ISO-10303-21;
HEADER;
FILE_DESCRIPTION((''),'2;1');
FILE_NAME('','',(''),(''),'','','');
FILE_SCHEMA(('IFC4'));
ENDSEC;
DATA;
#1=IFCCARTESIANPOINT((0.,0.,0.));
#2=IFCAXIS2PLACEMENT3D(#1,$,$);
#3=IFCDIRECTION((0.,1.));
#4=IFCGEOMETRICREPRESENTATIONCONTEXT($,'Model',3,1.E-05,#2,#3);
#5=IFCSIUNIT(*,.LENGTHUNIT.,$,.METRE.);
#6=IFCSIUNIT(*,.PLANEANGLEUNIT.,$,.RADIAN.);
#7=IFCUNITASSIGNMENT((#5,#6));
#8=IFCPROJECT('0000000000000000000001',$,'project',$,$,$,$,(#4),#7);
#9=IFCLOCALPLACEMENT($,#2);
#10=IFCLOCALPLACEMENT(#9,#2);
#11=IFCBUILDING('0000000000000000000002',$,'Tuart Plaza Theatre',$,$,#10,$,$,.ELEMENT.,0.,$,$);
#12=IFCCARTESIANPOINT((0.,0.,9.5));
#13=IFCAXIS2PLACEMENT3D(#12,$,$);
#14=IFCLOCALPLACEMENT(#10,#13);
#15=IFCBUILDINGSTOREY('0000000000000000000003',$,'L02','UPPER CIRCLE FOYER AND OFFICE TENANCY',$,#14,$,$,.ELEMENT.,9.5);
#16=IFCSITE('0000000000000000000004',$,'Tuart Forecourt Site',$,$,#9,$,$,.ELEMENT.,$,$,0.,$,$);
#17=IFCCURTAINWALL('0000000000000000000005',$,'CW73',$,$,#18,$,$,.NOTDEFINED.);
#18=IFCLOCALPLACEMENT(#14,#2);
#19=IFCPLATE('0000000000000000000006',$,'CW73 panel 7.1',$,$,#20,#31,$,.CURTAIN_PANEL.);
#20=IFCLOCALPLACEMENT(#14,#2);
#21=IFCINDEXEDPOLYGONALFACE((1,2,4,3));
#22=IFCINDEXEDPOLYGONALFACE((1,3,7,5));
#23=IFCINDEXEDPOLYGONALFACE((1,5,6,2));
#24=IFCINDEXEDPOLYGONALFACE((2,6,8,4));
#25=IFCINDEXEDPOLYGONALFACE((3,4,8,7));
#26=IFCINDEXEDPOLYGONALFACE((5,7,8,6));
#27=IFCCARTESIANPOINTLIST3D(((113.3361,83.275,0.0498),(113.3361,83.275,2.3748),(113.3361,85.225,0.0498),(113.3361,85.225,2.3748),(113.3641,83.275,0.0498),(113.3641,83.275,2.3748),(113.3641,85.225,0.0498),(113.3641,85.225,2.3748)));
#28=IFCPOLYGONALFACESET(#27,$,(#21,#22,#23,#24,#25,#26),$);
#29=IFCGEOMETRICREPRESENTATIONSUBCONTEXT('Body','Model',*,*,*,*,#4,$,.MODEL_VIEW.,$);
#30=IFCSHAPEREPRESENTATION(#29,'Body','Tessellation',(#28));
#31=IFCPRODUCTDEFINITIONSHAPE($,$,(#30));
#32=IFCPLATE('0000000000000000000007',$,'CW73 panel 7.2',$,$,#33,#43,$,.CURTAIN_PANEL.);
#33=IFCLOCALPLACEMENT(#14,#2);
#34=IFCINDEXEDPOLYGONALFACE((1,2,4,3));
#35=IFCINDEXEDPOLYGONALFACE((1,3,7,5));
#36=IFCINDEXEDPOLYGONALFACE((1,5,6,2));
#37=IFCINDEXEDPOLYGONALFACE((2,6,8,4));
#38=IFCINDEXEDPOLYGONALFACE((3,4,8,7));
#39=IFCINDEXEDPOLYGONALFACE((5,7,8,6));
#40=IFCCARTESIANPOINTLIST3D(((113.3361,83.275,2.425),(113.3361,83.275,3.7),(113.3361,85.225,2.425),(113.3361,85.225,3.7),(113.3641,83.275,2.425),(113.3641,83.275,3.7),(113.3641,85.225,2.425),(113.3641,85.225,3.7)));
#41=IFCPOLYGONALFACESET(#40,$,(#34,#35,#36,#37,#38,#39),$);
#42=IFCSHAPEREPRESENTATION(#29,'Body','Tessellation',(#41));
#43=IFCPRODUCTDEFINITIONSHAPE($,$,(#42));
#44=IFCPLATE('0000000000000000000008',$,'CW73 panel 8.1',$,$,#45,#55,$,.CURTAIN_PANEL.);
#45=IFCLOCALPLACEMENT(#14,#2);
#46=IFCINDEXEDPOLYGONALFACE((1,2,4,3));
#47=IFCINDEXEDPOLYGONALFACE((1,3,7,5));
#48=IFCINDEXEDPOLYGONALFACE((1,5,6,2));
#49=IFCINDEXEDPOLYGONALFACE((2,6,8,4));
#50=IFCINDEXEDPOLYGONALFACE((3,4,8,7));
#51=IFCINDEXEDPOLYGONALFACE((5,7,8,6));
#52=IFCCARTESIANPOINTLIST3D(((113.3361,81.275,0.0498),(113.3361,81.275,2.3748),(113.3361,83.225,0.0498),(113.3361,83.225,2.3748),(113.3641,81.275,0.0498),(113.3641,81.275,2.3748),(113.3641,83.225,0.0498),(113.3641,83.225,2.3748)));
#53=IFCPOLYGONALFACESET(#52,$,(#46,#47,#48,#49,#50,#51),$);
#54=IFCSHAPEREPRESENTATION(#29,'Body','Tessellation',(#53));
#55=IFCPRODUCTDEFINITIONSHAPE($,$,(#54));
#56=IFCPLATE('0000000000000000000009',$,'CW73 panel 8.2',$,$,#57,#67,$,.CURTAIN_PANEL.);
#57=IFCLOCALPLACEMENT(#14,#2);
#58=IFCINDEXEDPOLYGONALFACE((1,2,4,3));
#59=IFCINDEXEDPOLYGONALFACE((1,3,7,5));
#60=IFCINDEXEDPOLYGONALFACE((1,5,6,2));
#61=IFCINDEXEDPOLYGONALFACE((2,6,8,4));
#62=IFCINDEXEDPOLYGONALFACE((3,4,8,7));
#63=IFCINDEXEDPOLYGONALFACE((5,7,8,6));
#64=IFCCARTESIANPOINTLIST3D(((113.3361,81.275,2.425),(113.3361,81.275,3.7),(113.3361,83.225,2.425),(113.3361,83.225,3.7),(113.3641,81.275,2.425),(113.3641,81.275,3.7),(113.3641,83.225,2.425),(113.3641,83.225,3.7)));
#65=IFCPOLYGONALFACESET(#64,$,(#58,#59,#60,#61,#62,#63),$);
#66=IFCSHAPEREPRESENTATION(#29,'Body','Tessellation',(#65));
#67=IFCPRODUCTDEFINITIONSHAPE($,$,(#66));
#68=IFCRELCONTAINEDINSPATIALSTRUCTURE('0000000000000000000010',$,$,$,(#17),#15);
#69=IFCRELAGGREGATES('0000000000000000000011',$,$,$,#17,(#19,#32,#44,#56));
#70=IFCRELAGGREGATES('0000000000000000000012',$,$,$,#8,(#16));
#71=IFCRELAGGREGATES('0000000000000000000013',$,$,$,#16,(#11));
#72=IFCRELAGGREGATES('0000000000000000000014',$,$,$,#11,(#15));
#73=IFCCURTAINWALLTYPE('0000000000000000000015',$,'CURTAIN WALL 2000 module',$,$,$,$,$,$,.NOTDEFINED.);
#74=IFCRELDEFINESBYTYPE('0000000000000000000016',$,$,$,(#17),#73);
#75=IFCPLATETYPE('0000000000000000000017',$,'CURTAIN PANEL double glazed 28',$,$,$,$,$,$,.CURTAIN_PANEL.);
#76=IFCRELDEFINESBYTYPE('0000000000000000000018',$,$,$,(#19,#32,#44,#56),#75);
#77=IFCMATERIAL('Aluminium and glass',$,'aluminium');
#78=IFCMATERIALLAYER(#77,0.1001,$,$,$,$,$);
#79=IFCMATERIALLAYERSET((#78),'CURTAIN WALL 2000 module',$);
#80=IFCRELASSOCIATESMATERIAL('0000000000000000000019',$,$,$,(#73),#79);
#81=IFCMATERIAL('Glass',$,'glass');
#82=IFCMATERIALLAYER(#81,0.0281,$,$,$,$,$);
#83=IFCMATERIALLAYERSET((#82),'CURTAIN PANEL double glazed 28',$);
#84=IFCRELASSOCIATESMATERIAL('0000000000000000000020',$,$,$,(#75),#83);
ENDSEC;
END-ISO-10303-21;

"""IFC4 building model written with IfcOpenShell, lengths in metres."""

from ifc_helpers import new_model, si_unit, direction, frame, origin, origin_2d, place, context, subcontext, project, spatial, rectangle, extrude, material, layer, layer_set, type_object, element, aggregate, save


model = new_model("IFC4")

# Units and contexts
model_context = context("Model", 3, precision=1e-05, world=origin(), true_north=direction((0.0, 1.0)))
body_context = subcontext(model_context, "Body", "Model", "MODEL_VIEW")
ifc_project = project(units=[si_unit("LENGTHUNIT", "METRE"), si_unit("PLANEANGLEUNIT", "RADIAN")], contexts=[model_context])

# Site, building, storey
site_placement = place(None, origin())
site = spatial("IfcSite", under=ifc_project, at=site_placement, Name="Tuart Forecourt Site", CompositionType="ELEMENT", RefElevation=0.0)
building_placement = place(site_placement, origin())
building = spatial("IfcBuilding", under=site, at=building_placement, Name="Tuart Plaza Theatre", CompositionType="ELEMENT", ElevationOfRefHeight=0.0)
storey_placement = place(building_placement, frame((0.0, 0.0, 9.5)))
storey = spatial("IfcBuildingStorey", under=building, at=storey_placement, Name="L02", Description="UPPER CIRCLE FOYER AND OFFICE TENANCY", CompositionType="ELEMENT", Elevation=9.5)

# Curtain wall, plates
ifc_material_1 = material(Name="Aluminium and glass", Category="aluminium")
ifc_layer_1 = layer(ifc_material_1, 0.1001)
ifc_layer_set_1 = layer_set([ifc_layer_1], Name="CURTAIN WALL 2000 module")
curtain_wall_type = type_object("IfcCurtainWallType", Name="CURTAIN WALL 2000 module", PredefinedType="NOTDEFINED", material=ifc_layer_set_1)
curtain_wall_placement = place(storey_placement, origin())
curtain_wall = element("IfcCurtainWall", 1, at=curtain_wall_placement, inside=storey, type_object=curtain_wall_type, Name="CW73", PredefinedType="NOTDEFINED")
ifc_material_2 = material(Name="Glass", Category="glass")
ifc_layer_2 = layer(ifc_material_2, 0.0281)
ifc_layer_set_2 = layer_set([ifc_layer_2], Name="CURTAIN PANEL double glazed 28")
plate_type = type_object("IfcPlateType", Name="CURTAIN PANEL double glazed 28", PredefinedType="CURTAIN_PANEL", material=ifc_layer_set_2)
plate_1_placement = place(storey_placement, frame((113.3501, 84.25, 0.0498), z_axis=(0.0, 0.0, 1.0), x_axis=(0.0, -1.0, 0.0)))
plate_1 = element("IfcPlate", 2, at=plate_1_placement, type_object=plate_type, Name="CW73 panel 7.1", PredefinedType="CURTAIN_PANEL", context=body_context, shape_type="SweptSolid", body=[
    extrude(rectangle(XDim=1.95, YDim=0.0281, at=origin_2d()), origin(), (0.0, 0.0, 1.0), 2.325),
])
plate_2_placement = place(storey_placement, frame((113.3501, 84.25, 2.425), z_axis=(0.0, 0.0, 1.0), x_axis=(0.0, -1.0, 0.0)))
plate_2 = element("IfcPlate", 3, at=plate_2_placement, type_object=plate_type, Name="CW73 panel 7.2", PredefinedType="CURTAIN_PANEL", context=body_context, shape_type="SweptSolid", body=[
    extrude(rectangle(XDim=1.95, YDim=0.0281, at=origin_2d()), origin(), (0.0, 0.0, 1.0), 1.2749),
])
plate_3_placement = place(storey_placement, frame((113.3501, 82.25, 0.0498), z_axis=(0.0, 0.0, 1.0), x_axis=(0.0, -1.0, 0.0)))
plate_3 = element("IfcPlate", 4, at=plate_3_placement, type_object=plate_type, Name="CW73 panel 8.1", PredefinedType="CURTAIN_PANEL", context=body_context, shape_type="SweptSolid", body=[
    extrude(rectangle(XDim=1.95, YDim=0.0281, at=origin_2d()), origin(), (0.0, 0.0, 1.0), 2.325),
])
plate_4_placement = place(storey_placement, frame((113.3501, 82.25, 2.425), z_axis=(0.0, 0.0, 1.0), x_axis=(0.0, -1.0, 0.0)))
plate_4 = element("IfcPlate", 5, at=plate_4_placement, type_object=plate_type, Name="CW73 panel 8.2", PredefinedType="CURTAIN_PANEL", context=body_context, shape_type="SweptSolid", body=[
    extrude(rectangle(XDim=1.95, YDim=0.0281, at=origin_2d()), origin(), (0.0, 0.0, 1.0), 1.2749),
])
aggregate(curtain_wall, [plate_1, plate_2, plate_3, plate_4])

save(model, "model.ifc")
